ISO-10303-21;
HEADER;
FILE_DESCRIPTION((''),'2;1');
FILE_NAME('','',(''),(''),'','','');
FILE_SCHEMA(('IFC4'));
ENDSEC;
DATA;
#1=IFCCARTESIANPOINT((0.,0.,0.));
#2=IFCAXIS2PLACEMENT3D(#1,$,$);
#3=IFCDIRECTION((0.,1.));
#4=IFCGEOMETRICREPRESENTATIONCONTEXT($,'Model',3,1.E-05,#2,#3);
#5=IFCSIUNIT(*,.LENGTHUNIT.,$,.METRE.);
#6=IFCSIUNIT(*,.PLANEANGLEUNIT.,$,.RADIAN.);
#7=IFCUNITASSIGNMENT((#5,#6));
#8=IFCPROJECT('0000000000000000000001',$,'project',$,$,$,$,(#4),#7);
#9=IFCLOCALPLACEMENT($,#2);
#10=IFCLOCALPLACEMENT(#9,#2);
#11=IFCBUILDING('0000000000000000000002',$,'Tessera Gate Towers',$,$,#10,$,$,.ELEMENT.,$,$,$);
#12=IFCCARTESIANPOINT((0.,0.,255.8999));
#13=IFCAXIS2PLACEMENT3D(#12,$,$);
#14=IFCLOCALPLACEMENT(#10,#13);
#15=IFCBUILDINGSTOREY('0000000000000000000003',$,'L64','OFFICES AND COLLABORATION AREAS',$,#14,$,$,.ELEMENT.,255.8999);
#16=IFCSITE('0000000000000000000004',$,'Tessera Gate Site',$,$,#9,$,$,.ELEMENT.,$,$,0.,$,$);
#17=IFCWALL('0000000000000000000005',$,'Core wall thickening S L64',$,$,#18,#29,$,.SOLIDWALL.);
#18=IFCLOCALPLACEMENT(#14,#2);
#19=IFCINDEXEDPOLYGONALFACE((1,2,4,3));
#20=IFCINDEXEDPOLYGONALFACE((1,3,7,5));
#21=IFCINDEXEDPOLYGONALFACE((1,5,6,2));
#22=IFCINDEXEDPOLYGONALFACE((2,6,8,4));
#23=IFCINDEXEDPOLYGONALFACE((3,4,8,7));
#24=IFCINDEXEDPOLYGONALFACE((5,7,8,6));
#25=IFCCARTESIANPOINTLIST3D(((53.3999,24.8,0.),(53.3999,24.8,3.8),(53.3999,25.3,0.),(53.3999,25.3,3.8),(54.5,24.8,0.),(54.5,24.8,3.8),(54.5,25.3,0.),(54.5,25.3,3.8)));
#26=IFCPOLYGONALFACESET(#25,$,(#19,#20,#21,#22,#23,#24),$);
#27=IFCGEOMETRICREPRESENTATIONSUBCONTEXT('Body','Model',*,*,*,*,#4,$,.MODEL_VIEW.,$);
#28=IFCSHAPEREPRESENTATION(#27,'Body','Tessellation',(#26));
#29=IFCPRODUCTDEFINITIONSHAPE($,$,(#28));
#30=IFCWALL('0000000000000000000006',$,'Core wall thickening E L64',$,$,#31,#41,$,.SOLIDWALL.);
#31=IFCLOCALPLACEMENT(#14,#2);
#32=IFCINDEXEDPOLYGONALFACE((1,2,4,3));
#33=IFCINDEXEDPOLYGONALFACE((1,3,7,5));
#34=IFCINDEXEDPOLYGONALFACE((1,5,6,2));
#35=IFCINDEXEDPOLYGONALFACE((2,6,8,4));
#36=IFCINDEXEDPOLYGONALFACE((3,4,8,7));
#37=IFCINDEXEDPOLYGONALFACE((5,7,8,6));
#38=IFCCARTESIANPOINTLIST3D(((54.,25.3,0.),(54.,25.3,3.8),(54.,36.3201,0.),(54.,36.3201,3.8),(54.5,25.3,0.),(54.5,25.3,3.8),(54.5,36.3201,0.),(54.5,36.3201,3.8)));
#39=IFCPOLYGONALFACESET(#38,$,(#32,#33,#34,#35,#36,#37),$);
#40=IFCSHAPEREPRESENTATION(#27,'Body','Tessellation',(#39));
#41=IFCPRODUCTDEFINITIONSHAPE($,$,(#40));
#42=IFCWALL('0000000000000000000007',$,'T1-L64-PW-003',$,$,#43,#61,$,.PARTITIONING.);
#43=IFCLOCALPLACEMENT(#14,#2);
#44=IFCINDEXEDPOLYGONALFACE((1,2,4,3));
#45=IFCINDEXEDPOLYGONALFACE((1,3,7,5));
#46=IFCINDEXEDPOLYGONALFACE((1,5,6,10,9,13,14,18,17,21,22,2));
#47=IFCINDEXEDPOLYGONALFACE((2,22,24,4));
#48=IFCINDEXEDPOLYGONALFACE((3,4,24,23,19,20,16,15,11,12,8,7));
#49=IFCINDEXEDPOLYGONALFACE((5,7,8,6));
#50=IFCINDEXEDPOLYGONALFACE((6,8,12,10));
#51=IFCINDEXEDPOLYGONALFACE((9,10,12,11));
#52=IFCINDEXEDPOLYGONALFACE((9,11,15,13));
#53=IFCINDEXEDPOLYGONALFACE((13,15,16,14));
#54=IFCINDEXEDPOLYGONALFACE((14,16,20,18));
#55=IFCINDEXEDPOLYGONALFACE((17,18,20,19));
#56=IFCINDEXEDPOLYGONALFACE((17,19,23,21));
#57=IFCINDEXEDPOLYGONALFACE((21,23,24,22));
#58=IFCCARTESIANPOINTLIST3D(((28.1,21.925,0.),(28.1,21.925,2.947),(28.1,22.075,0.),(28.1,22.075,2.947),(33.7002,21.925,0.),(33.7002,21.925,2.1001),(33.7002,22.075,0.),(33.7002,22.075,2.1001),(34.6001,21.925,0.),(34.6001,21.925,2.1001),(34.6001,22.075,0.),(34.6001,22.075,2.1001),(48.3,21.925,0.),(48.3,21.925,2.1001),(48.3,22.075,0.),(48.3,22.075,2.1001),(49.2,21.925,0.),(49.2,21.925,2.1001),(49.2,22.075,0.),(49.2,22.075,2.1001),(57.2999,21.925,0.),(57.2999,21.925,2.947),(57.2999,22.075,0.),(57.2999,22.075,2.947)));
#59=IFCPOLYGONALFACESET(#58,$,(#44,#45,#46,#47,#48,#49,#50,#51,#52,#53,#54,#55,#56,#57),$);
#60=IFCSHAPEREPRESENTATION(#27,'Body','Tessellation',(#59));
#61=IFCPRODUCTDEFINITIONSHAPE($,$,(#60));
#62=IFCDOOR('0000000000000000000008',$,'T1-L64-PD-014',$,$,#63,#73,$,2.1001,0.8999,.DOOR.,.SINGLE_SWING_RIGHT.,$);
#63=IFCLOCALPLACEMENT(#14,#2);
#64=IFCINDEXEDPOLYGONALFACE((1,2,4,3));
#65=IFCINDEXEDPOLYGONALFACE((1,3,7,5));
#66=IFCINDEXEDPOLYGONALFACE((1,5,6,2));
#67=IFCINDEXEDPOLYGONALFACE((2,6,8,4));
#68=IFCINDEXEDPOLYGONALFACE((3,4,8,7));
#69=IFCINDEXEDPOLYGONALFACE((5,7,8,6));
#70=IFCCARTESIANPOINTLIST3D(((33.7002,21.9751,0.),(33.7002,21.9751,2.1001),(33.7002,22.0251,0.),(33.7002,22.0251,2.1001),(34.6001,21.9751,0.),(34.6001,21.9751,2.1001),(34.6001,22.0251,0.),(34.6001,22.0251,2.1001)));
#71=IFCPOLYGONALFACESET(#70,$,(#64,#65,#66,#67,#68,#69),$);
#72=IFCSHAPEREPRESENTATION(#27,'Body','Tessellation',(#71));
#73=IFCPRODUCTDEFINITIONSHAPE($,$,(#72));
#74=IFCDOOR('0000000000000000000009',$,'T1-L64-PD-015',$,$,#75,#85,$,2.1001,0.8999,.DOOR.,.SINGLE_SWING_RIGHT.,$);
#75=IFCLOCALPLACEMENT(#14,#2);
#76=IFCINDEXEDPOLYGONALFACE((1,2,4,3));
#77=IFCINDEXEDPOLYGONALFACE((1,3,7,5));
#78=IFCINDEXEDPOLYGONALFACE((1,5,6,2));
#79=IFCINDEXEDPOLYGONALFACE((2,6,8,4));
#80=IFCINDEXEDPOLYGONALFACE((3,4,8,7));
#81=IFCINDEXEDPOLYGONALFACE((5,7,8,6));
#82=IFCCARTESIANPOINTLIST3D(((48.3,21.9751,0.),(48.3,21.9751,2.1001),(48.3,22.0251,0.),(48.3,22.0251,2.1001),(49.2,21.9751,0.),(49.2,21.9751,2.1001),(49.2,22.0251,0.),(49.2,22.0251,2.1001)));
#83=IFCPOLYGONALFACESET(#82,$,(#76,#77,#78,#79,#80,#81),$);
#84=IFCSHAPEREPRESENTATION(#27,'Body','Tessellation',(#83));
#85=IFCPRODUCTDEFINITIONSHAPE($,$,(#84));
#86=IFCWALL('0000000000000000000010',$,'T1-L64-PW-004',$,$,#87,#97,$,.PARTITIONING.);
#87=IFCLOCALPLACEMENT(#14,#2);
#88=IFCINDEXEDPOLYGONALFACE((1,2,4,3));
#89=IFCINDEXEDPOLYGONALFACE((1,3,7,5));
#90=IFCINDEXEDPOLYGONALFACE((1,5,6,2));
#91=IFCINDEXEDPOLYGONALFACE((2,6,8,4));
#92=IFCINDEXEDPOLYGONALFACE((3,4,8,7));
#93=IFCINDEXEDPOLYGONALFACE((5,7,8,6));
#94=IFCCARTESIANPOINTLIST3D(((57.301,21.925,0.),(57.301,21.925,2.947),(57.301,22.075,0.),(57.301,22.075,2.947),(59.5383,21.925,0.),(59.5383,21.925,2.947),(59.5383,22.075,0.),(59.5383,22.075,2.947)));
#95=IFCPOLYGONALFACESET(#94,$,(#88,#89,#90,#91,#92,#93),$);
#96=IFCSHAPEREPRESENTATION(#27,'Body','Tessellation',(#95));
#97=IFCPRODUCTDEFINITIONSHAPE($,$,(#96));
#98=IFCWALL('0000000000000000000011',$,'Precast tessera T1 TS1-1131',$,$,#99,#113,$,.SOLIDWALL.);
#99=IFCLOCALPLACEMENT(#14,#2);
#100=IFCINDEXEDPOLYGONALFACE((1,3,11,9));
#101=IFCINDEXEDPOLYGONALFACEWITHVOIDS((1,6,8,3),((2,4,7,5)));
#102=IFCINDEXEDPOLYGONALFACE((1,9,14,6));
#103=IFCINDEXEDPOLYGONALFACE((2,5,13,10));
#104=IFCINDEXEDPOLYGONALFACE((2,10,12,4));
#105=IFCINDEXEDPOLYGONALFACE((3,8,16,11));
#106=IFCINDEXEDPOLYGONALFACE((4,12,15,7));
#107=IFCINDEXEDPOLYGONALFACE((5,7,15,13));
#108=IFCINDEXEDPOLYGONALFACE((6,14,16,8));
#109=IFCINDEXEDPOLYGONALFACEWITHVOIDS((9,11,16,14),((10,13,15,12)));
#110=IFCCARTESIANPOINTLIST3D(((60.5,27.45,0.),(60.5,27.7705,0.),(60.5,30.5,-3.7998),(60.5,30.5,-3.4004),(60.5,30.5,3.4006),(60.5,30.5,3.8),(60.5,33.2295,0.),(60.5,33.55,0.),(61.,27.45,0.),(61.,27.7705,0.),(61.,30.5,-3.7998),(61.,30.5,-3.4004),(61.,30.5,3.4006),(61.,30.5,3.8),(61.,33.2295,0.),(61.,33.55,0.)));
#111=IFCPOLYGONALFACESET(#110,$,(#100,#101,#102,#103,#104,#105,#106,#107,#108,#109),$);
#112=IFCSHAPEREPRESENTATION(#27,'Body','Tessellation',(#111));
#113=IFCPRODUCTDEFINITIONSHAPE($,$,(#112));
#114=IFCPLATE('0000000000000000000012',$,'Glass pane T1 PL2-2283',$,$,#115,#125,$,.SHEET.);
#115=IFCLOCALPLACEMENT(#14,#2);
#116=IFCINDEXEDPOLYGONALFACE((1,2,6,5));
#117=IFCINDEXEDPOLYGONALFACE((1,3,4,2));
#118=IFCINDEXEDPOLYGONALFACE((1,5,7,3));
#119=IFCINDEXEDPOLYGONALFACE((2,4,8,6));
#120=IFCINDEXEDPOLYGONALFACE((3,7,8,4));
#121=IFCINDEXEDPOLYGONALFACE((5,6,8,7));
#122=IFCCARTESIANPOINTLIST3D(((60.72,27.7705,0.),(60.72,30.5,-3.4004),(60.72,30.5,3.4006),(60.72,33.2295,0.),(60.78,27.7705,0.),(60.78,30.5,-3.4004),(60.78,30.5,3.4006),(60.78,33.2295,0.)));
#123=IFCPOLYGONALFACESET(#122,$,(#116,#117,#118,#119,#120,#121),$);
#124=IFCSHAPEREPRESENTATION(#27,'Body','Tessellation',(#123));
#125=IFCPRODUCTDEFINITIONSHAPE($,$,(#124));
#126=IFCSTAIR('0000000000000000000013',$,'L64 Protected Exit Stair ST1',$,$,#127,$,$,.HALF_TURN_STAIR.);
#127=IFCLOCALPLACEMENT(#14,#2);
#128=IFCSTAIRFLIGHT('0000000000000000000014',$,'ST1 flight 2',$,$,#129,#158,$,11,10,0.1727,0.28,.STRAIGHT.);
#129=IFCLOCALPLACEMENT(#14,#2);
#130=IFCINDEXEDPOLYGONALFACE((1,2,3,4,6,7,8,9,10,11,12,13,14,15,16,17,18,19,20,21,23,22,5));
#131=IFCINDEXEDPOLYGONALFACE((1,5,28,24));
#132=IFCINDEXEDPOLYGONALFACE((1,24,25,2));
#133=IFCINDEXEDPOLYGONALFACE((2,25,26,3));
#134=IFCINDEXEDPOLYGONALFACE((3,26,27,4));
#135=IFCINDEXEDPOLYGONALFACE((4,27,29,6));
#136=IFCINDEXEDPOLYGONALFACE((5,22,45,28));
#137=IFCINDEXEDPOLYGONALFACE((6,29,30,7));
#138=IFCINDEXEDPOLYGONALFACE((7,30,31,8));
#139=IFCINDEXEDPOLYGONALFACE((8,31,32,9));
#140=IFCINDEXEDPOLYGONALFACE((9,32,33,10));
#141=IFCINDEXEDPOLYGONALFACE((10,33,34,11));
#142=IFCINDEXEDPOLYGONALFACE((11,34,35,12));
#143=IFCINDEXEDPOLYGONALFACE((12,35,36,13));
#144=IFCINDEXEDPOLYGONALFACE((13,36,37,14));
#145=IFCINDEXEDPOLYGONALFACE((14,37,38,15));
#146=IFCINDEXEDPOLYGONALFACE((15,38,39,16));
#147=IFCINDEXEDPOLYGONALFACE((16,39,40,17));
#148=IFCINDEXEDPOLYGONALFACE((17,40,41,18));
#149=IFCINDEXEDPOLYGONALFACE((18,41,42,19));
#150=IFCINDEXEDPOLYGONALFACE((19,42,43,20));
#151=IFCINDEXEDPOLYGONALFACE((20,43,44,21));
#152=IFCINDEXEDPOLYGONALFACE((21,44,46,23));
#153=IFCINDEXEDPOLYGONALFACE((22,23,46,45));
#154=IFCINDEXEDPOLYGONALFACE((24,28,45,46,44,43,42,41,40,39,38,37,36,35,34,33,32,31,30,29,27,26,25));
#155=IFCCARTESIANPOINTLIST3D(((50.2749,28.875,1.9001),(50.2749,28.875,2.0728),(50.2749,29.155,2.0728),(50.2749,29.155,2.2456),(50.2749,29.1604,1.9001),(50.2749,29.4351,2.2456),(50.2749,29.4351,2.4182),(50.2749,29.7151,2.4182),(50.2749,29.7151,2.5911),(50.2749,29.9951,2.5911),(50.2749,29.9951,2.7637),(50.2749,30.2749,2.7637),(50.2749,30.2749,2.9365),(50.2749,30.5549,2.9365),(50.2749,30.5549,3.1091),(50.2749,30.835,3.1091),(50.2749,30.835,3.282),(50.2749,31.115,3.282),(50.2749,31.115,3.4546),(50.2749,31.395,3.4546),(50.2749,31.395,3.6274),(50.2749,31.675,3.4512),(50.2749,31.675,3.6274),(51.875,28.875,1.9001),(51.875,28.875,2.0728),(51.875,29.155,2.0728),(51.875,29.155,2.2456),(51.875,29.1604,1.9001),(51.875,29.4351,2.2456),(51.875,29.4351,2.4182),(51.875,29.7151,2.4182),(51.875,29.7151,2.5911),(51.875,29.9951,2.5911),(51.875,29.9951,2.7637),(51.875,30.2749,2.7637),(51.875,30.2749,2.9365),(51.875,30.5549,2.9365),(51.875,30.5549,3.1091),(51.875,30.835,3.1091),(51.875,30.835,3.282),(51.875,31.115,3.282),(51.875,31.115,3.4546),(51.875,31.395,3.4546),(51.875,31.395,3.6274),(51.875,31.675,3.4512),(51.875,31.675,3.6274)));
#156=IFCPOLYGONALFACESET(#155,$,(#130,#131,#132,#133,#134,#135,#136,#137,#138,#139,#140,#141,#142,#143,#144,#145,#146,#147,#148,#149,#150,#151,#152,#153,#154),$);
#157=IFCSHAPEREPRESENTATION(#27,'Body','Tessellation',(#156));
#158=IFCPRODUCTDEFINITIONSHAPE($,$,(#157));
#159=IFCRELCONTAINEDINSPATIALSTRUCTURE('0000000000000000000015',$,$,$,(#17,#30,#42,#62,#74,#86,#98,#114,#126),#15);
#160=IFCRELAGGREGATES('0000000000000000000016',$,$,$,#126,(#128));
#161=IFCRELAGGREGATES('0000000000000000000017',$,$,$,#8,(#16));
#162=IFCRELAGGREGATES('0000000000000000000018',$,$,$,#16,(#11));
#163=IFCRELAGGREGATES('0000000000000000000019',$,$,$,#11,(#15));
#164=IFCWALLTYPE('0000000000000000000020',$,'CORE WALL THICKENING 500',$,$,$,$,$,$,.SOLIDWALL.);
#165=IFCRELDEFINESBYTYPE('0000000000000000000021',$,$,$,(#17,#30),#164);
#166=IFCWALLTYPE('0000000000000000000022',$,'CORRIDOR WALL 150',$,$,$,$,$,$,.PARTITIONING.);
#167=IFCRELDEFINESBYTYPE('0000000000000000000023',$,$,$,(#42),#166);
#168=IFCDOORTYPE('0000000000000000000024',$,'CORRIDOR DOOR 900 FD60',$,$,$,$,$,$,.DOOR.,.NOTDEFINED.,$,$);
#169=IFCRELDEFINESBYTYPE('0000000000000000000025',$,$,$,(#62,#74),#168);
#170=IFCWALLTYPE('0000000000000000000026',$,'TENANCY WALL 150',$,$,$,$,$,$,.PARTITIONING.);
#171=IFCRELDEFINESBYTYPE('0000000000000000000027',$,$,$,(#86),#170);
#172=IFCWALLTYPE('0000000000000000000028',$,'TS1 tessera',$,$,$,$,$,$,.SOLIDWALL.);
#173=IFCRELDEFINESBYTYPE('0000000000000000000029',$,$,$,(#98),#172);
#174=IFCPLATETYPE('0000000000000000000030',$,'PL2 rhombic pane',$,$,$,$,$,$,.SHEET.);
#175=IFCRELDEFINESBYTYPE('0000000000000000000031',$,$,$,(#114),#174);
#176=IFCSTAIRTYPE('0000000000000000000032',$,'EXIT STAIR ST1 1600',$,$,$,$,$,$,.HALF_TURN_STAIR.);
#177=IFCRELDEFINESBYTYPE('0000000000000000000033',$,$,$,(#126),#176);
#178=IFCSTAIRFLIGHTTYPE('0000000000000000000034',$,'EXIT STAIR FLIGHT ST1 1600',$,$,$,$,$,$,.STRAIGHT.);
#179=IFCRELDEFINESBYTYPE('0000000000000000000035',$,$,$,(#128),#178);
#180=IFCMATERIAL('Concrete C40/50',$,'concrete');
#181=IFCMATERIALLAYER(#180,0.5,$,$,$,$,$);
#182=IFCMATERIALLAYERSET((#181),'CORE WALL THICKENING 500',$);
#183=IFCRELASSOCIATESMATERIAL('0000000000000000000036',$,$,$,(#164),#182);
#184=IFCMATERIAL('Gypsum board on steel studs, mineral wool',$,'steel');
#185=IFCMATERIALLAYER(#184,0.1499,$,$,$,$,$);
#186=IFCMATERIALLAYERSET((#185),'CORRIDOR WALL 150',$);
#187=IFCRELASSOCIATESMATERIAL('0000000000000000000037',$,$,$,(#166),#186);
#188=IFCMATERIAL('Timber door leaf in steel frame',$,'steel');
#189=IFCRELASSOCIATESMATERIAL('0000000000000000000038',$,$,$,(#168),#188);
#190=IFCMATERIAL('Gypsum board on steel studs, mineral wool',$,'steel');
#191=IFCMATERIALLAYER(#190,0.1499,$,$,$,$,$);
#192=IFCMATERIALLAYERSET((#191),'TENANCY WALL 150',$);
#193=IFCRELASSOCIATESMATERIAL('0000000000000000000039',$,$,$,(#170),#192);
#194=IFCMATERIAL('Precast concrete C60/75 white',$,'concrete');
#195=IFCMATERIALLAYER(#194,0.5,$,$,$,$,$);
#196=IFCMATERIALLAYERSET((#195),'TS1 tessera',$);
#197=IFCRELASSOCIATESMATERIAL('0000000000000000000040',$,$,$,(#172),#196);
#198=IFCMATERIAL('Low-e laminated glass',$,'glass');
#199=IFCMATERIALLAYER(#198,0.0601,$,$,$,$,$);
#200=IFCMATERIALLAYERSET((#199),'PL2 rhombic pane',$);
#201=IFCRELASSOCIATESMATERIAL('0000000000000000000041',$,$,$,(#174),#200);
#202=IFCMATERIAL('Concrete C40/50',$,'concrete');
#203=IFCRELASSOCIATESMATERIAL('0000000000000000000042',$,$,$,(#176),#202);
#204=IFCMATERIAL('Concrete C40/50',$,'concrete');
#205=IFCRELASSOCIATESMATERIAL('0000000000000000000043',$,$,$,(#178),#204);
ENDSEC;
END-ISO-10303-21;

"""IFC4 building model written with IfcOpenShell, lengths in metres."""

from ifc_helpers import new_model, si_unit, direction, frame, frame_2d, origin, place, context, subcontext, project, spatial, polyline, rectangle, outline, extrude, source, transform, mapped, material, layer, layer_set, type_object, element, fill, aggregate, save


model = new_model("IFC4")

# Units and contexts
model_context = context("Model", 3, precision=1e-05, world=origin(), true_north=direction((0.0, 1.0)))
body_context = subcontext(model_context, "Body", "Model", "MODEL_VIEW")
ifc_project = project(units=[si_unit("LENGTHUNIT", "METRE"), si_unit("PLANEANGLEUNIT", "RADIAN")], contexts=[model_context])

# Site, building, storey
site_placement = place(None, origin())
site = spatial("IfcSite", under=ifc_project, at=site_placement, Name="Tessera Gate Site", CompositionType="ELEMENT", RefElevation=0.0)
building_placement = place(site_placement, origin())
building = spatial("IfcBuilding", under=site, at=building_placement, Name="Tessera Gate Towers", CompositionType="ELEMENT")
storey_placement = place(building_placement, frame((0.0, 0.0, 255.8999)))
storey = spatial("IfcBuildingStorey", under=building, at=storey_placement, Name="L64", Description="OFFICES AND COLLABORATION AREAS", CompositionType="ELEMENT", Elevation=255.8999)

# Walls
ifc_material_1 = material(Name="Concrete C40/50", Category="concrete")
ifc_layer_1 = layer(ifc_material_1, 0.5)
ifc_layer_set_1 = layer_set([ifc_layer_1], Name="CORE WALL THICKENING 500")
wall_type_1 = type_object("IfcWallType", Name="CORE WALL THICKENING 500", PredefinedType="SOLIDWALL", material=ifc_layer_set_1)
wall_1_placement = place(storey_placement, frame((53.3999, 25.05, 0.0), z_axis=(0.0, 0.0, 1.0), x_axis=(1.0, 0.0, 0.0)))
element("IfcWall", 1, at=wall_1_placement, inside=storey, type_object=wall_type_1, Name="Core wall thickening S L64", PredefinedType="SOLIDWALL", context=body_context, shape_type="SweptSolid", body=[
    extrude(rectangle(XDim=1.1001, YDim=0.5, at=frame_2d((0.55, 0.0))), origin(), (0.0, 0.0, 1.0), 3.8),
])
wall_2_placement = place(storey_placement, frame((54.25, 25.3, 0.0), z_axis=(0.0, 0.0, 1.0), x_axis=(0.0, 1.0, 0.0)))
element("IfcWall", 2, at=wall_2_placement, inside=storey, type_object=wall_type_1, Name="Core wall thickening E L64", PredefinedType="SOLIDWALL", context=body_context, shape_type="SweptSolid", body=[
    extrude(rectangle(XDim=11.02, YDim=0.5, at=frame_2d((5.51, 0.0))), origin(), (0.0, 0.0, 1.0), 3.8),
])

# Wall, openings, doors
ifc_material_2 = material(Name="Gypsum board on steel studs, mineral wool", Category="steel")
ifc_layer_2 = layer(ifc_material_2, 0.1499)
ifc_layer_set_2 = layer_set([ifc_layer_2], Name="CORRIDOR WALL 150")
wall_type_2 = type_object("IfcWallType", Name="CORRIDOR WALL 150", PredefinedType="PARTITIONING", material=ifc_layer_set_2)
wall_3_placement = place(storey_placement, frame((57.3, 22.0, 0.0), z_axis=(0.0, 0.0, 1.0), x_axis=(-1.0, 0.0, 0.0)))
wall_3 = element("IfcWall", 3, at=wall_3_placement, inside=storey, type_object=wall_type_2, Name="T1-L64-PW-003", PredefinedType="PARTITIONING", context=body_context, shape_type="SweptSolid", body=[
    extrude(rectangle(XDim=29.2, YDim=0.1499, at=frame_2d((14.6001, 0.0))), origin(), (0.0, 0.0, 1.0), 2.947),
])
shared_shape_1 = source(origin(), body_context, "Body", "SweptSolid", [
    extrude(rectangle(XDim=0.8999, YDim=2.1001, at=frame_2d((0.45, 1.05))), frame((0.0, 0.085, 0.0), z_axis=(0.0, -1.0, 0.0), x_axis=(1.0, 0.0, 0.0)), (0.0, 0.0, 1.0), 0.1699),
])
opening_1_placement = place(wall_3_placement, frame((22.7, 0.0, 0.0)))
opening_1 = element("IfcOpeningElement", 4, at=opening_1_placement, cuts=wall_3, PredefinedType="OPENING", context=body_context, shape_type="MappedRepresentation", body=[
    mapped(shared_shape_1, transform((0.0, 0.0, 0.0), scale=1.0)),
])
opening_2_placement = place(wall_3_placement, frame((8.1001, 0.0, 0.0)))
opening_2 = element("IfcOpeningElement", 5, at=opening_2_placement, cuts=wall_3, PredefinedType="OPENING", context=body_context, shape_type="MappedRepresentation", body=[
    mapped(shared_shape_1, transform((0.0, 0.0, 0.0), scale=1.0)),
])
ifc_material_3 = material(Name="Timber door leaf in steel frame", Category="steel")
door_type_1 = type_object("IfcDoorType", Name="CORRIDOR DOOR 900 FD60", OperationType="NOTDEFINED", PredefinedType="DOOR", material=ifc_material_3)
shared_shape_2 = source(origin(), body_context, "Body", "SweptSolid", [
    extrude(rectangle(XDim=0.8999, YDim=2.1001, at=frame_2d((0.45, 1.05))), frame((0.0, 0.0249, 0.0), z_axis=(0.0, -1.0, 0.0), x_axis=(1.0, 0.0, 0.0)), (0.0, 0.0, 1.0), 0.05),
])
door_1_placement = place(opening_1_placement, origin())
door_1 = element("IfcDoor", 6, at=door_1_placement, inside=storey, type_object=door_type_1, Name="T1-L64-PD-014", OperationType="SINGLE_SWING_RIGHT", OverallHeight=2.1001, OverallWidth=0.8999, PredefinedType="DOOR", context=body_context, shape_type="MappedRepresentation", body=[
    mapped(shared_shape_2, transform((0.0, 0.0, 0.0), scale=1.0)),
])
fill(opening_1, door_1)
door_2_placement = place(opening_2_placement, origin())
door_2 = element("IfcDoor", 7, at=door_2_placement, inside=storey, type_object=door_type_1, Name="T1-L64-PD-015", OperationType="SINGLE_SWING_RIGHT", OverallHeight=2.1001, OverallWidth=0.8999, PredefinedType="DOOR", context=body_context, shape_type="MappedRepresentation", body=[
    mapped(shared_shape_2, transform((0.0, 0.0, 0.0), scale=1.0)),
])
fill(opening_2, door_2)

# Wall
ifc_material_4 = material(Name="Gypsum board on steel studs, mineral wool", Category="steel")
ifc_layer_3 = layer(ifc_material_4, 0.1499)
ifc_layer_set_3 = layer_set([ifc_layer_3], Name="TENANCY WALL 150")
wall_type_3 = type_object("IfcWallType", Name="TENANCY WALL 150", PredefinedType="PARTITIONING", material=ifc_layer_set_3)
wall_4_placement = place(storey_placement, frame((57.301, 22.0, 0.0), z_axis=(0.0, 0.0, 1.0), x_axis=(1.0, 0.0, 0.0)))
element("IfcWall", 8, at=wall_4_placement, inside=storey, type_object=wall_type_3, Name="T1-L64-PW-004", PredefinedType="PARTITIONING", context=body_context, shape_type="SweptSolid", body=[
    extrude(rectangle(XDim=2.2373, YDim=0.1499, at=frame_2d((1.1187, 0.0))), origin(), (0.0, 0.0, 1.0), 2.947),
])

# Wall, opening, plate
ifc_material_5 = material(Name="Precast concrete C60/75 white", Category="concrete")
ifc_layer_4 = layer(ifc_material_5, 0.5)
ifc_layer_set_4 = layer_set([ifc_layer_4], Name="TS1 tessera")
wall_type_4 = type_object("IfcWallType", Name="TS1 tessera", PredefinedType="SOLIDWALL", material=ifc_layer_set_4)
shared_shape_3 = source(origin(), body_context, "Body", "SweptSolid", [
    extrude(outline(polyline([(3.05, 0.0), (6.1001, 3.7998), (3.05, 7.5999), (0.0, 3.7998), (3.05, 0.0)])), frame((0.0, 0.25, 0.0), z_axis=(0.0, -1.0, 0.0), x_axis=(1.0, 0.0, 0.0)), (0.0, 0.0, 1.0), 0.5),
])
wall_5_placement = place(storey_placement, frame((60.75, 27.45, -3.7998), z_axis=(0.0, 0.0, 1.0), x_axis=(0.0, 1.0, 0.0)))
wall_5 = element("IfcWall", 9, at=wall_5_placement, inside=storey, type_object=wall_type_4, Name="Precast tessera T1 TS1-1131", PredefinedType="SOLIDWALL", context=body_context, shape_type="MappedRepresentation", body=[
    mapped(shared_shape_3, transform((0.0, 0.0, 0.0), scale=1.0)),
])
shared_shape_4 = source(origin(), body_context, "Body", "SweptSolid", [
    extrude(outline(polyline([(3.05, 0.3994), (5.7795, 3.7998), (3.05, 7.2004), (0.3206, 3.7998), (3.05, 0.3994)])), frame((0.0, 0.26, 0.0), z_axis=(0.0, -1.0, 0.0), x_axis=(1.0, 0.0, 0.0)), (0.0, 0.0, 1.0), 0.52),
])
opening_3_placement = place(wall_5_placement, origin())
opening_3 = element("IfcOpeningElement", 10, at=opening_3_placement, cuts=wall_5, PredefinedType="OPENING", context=body_context, shape_type="MappedRepresentation", body=[
    mapped(shared_shape_4, transform((0.0, 0.0, 0.0), scale=1.0)),
])
ifc_material_6 = material(Name="Low-e laminated glass", Category="glass")
ifc_layer_5 = layer(ifc_material_6, 0.0601)
ifc_layer_set_5 = layer_set([ifc_layer_5], Name="PL2 rhombic pane")
plate_type = type_object("IfcPlateType", Name="PL2 rhombic pane", PredefinedType="SHEET", material=ifc_layer_set_5)
shared_shape_5 = source(origin(), body_context, "Body", "SweptSolid", [
    extrude(outline(polyline([(3.05, 0.3994), (5.7795, 3.7998), (3.05, 7.2004), (0.3206, 3.7998), (3.05, 0.3994)])), frame((0.0, 0.03, 0.0), z_axis=(0.0, -1.0, 0.0), x_axis=(1.0, 0.0, 0.0)), (0.0, 0.0, 1.0), 0.0601),
])
plate_placement = place(opening_3_placement, origin())
plate = element("IfcPlate", 11, at=plate_placement, inside=storey, type_object=plate_type, Name="Glass pane T1 PL2-2283", PredefinedType="SHEET", context=body_context, shape_type="MappedRepresentation", body=[
    mapped(shared_shape_5, transform((0.0, 0.0, 0.0), scale=1.0)),
])
fill(opening_3, plate)

# Stair, stair flight
ifc_material_7 = material(Name="Concrete C40/50", Category="concrete")
stair_type = type_object("IfcStairType", Name="EXIT STAIR ST1 1600", PredefinedType="HALF_TURN_STAIR", material=ifc_material_7)
stair_placement = place(storey_placement, origin())
stair = element("IfcStair", 12, at=stair_placement, inside=storey, type_object=stair_type, Name="L64 Protected Exit Stair ST1", PredefinedType="HALF_TURN_STAIR")
ifc_material_8 = material(Name="Concrete C40/50", Category="concrete")
stair_flight_type = type_object("IfcStairFlightType", Name="EXIT STAIR FLIGHT ST1 1600", PredefinedType="STRAIGHT", material=ifc_material_8)
stair_flight_placement = place(storey_placement, frame((51.075, 28.875, 1.9001), z_axis=(0.0, 0.0, 1.0), x_axis=(0.0, 1.0, 0.0)))
stair_flight = element("IfcStairFlight", 13, at=stair_flight_placement, type_object=stair_flight_type, Name="ST1 flight 2", NumberOfRisers=11, NumberOfTreads=10, PredefinedType="STRAIGHT", RiserHeight=0.1727, TreadLength=0.28, context=body_context, shape_type="SweptSolid", body=[
    extrude(outline(polyline([(0.0, 0.0), (0.0, 0.1726), (0.28, 0.1726), (0.28, 0.3455), (0.5601, 0.3455), (0.5601, 0.5181), (0.8401, 0.5181), (0.8401, 0.6909), (1.1201, 0.6909), (1.1201, 0.8635), (1.3999, 0.8635), (1.3999, 1.0364), (1.6799, 1.0364), (1.6799, 1.209), (1.96, 1.209), (1.96, 1.3818), (2.24, 1.3818), (2.24, 1.5544), (2.52, 1.5544), (2.52, 1.7273), (2.8, 1.7273), (2.8, 1.8999), (2.8, 1.551), (0.2854, 0.0), (0.0, 0.0)])), frame((0.0, 0.8, 0.0), z_axis=(0.0, -1.0, 0.0), x_axis=(1.0, 0.0, 0.0)), (0.0, 0.0, 1.0), 1.6001),
])
aggregate(stair, [stair_flight])

save(model, "model.ifc")
